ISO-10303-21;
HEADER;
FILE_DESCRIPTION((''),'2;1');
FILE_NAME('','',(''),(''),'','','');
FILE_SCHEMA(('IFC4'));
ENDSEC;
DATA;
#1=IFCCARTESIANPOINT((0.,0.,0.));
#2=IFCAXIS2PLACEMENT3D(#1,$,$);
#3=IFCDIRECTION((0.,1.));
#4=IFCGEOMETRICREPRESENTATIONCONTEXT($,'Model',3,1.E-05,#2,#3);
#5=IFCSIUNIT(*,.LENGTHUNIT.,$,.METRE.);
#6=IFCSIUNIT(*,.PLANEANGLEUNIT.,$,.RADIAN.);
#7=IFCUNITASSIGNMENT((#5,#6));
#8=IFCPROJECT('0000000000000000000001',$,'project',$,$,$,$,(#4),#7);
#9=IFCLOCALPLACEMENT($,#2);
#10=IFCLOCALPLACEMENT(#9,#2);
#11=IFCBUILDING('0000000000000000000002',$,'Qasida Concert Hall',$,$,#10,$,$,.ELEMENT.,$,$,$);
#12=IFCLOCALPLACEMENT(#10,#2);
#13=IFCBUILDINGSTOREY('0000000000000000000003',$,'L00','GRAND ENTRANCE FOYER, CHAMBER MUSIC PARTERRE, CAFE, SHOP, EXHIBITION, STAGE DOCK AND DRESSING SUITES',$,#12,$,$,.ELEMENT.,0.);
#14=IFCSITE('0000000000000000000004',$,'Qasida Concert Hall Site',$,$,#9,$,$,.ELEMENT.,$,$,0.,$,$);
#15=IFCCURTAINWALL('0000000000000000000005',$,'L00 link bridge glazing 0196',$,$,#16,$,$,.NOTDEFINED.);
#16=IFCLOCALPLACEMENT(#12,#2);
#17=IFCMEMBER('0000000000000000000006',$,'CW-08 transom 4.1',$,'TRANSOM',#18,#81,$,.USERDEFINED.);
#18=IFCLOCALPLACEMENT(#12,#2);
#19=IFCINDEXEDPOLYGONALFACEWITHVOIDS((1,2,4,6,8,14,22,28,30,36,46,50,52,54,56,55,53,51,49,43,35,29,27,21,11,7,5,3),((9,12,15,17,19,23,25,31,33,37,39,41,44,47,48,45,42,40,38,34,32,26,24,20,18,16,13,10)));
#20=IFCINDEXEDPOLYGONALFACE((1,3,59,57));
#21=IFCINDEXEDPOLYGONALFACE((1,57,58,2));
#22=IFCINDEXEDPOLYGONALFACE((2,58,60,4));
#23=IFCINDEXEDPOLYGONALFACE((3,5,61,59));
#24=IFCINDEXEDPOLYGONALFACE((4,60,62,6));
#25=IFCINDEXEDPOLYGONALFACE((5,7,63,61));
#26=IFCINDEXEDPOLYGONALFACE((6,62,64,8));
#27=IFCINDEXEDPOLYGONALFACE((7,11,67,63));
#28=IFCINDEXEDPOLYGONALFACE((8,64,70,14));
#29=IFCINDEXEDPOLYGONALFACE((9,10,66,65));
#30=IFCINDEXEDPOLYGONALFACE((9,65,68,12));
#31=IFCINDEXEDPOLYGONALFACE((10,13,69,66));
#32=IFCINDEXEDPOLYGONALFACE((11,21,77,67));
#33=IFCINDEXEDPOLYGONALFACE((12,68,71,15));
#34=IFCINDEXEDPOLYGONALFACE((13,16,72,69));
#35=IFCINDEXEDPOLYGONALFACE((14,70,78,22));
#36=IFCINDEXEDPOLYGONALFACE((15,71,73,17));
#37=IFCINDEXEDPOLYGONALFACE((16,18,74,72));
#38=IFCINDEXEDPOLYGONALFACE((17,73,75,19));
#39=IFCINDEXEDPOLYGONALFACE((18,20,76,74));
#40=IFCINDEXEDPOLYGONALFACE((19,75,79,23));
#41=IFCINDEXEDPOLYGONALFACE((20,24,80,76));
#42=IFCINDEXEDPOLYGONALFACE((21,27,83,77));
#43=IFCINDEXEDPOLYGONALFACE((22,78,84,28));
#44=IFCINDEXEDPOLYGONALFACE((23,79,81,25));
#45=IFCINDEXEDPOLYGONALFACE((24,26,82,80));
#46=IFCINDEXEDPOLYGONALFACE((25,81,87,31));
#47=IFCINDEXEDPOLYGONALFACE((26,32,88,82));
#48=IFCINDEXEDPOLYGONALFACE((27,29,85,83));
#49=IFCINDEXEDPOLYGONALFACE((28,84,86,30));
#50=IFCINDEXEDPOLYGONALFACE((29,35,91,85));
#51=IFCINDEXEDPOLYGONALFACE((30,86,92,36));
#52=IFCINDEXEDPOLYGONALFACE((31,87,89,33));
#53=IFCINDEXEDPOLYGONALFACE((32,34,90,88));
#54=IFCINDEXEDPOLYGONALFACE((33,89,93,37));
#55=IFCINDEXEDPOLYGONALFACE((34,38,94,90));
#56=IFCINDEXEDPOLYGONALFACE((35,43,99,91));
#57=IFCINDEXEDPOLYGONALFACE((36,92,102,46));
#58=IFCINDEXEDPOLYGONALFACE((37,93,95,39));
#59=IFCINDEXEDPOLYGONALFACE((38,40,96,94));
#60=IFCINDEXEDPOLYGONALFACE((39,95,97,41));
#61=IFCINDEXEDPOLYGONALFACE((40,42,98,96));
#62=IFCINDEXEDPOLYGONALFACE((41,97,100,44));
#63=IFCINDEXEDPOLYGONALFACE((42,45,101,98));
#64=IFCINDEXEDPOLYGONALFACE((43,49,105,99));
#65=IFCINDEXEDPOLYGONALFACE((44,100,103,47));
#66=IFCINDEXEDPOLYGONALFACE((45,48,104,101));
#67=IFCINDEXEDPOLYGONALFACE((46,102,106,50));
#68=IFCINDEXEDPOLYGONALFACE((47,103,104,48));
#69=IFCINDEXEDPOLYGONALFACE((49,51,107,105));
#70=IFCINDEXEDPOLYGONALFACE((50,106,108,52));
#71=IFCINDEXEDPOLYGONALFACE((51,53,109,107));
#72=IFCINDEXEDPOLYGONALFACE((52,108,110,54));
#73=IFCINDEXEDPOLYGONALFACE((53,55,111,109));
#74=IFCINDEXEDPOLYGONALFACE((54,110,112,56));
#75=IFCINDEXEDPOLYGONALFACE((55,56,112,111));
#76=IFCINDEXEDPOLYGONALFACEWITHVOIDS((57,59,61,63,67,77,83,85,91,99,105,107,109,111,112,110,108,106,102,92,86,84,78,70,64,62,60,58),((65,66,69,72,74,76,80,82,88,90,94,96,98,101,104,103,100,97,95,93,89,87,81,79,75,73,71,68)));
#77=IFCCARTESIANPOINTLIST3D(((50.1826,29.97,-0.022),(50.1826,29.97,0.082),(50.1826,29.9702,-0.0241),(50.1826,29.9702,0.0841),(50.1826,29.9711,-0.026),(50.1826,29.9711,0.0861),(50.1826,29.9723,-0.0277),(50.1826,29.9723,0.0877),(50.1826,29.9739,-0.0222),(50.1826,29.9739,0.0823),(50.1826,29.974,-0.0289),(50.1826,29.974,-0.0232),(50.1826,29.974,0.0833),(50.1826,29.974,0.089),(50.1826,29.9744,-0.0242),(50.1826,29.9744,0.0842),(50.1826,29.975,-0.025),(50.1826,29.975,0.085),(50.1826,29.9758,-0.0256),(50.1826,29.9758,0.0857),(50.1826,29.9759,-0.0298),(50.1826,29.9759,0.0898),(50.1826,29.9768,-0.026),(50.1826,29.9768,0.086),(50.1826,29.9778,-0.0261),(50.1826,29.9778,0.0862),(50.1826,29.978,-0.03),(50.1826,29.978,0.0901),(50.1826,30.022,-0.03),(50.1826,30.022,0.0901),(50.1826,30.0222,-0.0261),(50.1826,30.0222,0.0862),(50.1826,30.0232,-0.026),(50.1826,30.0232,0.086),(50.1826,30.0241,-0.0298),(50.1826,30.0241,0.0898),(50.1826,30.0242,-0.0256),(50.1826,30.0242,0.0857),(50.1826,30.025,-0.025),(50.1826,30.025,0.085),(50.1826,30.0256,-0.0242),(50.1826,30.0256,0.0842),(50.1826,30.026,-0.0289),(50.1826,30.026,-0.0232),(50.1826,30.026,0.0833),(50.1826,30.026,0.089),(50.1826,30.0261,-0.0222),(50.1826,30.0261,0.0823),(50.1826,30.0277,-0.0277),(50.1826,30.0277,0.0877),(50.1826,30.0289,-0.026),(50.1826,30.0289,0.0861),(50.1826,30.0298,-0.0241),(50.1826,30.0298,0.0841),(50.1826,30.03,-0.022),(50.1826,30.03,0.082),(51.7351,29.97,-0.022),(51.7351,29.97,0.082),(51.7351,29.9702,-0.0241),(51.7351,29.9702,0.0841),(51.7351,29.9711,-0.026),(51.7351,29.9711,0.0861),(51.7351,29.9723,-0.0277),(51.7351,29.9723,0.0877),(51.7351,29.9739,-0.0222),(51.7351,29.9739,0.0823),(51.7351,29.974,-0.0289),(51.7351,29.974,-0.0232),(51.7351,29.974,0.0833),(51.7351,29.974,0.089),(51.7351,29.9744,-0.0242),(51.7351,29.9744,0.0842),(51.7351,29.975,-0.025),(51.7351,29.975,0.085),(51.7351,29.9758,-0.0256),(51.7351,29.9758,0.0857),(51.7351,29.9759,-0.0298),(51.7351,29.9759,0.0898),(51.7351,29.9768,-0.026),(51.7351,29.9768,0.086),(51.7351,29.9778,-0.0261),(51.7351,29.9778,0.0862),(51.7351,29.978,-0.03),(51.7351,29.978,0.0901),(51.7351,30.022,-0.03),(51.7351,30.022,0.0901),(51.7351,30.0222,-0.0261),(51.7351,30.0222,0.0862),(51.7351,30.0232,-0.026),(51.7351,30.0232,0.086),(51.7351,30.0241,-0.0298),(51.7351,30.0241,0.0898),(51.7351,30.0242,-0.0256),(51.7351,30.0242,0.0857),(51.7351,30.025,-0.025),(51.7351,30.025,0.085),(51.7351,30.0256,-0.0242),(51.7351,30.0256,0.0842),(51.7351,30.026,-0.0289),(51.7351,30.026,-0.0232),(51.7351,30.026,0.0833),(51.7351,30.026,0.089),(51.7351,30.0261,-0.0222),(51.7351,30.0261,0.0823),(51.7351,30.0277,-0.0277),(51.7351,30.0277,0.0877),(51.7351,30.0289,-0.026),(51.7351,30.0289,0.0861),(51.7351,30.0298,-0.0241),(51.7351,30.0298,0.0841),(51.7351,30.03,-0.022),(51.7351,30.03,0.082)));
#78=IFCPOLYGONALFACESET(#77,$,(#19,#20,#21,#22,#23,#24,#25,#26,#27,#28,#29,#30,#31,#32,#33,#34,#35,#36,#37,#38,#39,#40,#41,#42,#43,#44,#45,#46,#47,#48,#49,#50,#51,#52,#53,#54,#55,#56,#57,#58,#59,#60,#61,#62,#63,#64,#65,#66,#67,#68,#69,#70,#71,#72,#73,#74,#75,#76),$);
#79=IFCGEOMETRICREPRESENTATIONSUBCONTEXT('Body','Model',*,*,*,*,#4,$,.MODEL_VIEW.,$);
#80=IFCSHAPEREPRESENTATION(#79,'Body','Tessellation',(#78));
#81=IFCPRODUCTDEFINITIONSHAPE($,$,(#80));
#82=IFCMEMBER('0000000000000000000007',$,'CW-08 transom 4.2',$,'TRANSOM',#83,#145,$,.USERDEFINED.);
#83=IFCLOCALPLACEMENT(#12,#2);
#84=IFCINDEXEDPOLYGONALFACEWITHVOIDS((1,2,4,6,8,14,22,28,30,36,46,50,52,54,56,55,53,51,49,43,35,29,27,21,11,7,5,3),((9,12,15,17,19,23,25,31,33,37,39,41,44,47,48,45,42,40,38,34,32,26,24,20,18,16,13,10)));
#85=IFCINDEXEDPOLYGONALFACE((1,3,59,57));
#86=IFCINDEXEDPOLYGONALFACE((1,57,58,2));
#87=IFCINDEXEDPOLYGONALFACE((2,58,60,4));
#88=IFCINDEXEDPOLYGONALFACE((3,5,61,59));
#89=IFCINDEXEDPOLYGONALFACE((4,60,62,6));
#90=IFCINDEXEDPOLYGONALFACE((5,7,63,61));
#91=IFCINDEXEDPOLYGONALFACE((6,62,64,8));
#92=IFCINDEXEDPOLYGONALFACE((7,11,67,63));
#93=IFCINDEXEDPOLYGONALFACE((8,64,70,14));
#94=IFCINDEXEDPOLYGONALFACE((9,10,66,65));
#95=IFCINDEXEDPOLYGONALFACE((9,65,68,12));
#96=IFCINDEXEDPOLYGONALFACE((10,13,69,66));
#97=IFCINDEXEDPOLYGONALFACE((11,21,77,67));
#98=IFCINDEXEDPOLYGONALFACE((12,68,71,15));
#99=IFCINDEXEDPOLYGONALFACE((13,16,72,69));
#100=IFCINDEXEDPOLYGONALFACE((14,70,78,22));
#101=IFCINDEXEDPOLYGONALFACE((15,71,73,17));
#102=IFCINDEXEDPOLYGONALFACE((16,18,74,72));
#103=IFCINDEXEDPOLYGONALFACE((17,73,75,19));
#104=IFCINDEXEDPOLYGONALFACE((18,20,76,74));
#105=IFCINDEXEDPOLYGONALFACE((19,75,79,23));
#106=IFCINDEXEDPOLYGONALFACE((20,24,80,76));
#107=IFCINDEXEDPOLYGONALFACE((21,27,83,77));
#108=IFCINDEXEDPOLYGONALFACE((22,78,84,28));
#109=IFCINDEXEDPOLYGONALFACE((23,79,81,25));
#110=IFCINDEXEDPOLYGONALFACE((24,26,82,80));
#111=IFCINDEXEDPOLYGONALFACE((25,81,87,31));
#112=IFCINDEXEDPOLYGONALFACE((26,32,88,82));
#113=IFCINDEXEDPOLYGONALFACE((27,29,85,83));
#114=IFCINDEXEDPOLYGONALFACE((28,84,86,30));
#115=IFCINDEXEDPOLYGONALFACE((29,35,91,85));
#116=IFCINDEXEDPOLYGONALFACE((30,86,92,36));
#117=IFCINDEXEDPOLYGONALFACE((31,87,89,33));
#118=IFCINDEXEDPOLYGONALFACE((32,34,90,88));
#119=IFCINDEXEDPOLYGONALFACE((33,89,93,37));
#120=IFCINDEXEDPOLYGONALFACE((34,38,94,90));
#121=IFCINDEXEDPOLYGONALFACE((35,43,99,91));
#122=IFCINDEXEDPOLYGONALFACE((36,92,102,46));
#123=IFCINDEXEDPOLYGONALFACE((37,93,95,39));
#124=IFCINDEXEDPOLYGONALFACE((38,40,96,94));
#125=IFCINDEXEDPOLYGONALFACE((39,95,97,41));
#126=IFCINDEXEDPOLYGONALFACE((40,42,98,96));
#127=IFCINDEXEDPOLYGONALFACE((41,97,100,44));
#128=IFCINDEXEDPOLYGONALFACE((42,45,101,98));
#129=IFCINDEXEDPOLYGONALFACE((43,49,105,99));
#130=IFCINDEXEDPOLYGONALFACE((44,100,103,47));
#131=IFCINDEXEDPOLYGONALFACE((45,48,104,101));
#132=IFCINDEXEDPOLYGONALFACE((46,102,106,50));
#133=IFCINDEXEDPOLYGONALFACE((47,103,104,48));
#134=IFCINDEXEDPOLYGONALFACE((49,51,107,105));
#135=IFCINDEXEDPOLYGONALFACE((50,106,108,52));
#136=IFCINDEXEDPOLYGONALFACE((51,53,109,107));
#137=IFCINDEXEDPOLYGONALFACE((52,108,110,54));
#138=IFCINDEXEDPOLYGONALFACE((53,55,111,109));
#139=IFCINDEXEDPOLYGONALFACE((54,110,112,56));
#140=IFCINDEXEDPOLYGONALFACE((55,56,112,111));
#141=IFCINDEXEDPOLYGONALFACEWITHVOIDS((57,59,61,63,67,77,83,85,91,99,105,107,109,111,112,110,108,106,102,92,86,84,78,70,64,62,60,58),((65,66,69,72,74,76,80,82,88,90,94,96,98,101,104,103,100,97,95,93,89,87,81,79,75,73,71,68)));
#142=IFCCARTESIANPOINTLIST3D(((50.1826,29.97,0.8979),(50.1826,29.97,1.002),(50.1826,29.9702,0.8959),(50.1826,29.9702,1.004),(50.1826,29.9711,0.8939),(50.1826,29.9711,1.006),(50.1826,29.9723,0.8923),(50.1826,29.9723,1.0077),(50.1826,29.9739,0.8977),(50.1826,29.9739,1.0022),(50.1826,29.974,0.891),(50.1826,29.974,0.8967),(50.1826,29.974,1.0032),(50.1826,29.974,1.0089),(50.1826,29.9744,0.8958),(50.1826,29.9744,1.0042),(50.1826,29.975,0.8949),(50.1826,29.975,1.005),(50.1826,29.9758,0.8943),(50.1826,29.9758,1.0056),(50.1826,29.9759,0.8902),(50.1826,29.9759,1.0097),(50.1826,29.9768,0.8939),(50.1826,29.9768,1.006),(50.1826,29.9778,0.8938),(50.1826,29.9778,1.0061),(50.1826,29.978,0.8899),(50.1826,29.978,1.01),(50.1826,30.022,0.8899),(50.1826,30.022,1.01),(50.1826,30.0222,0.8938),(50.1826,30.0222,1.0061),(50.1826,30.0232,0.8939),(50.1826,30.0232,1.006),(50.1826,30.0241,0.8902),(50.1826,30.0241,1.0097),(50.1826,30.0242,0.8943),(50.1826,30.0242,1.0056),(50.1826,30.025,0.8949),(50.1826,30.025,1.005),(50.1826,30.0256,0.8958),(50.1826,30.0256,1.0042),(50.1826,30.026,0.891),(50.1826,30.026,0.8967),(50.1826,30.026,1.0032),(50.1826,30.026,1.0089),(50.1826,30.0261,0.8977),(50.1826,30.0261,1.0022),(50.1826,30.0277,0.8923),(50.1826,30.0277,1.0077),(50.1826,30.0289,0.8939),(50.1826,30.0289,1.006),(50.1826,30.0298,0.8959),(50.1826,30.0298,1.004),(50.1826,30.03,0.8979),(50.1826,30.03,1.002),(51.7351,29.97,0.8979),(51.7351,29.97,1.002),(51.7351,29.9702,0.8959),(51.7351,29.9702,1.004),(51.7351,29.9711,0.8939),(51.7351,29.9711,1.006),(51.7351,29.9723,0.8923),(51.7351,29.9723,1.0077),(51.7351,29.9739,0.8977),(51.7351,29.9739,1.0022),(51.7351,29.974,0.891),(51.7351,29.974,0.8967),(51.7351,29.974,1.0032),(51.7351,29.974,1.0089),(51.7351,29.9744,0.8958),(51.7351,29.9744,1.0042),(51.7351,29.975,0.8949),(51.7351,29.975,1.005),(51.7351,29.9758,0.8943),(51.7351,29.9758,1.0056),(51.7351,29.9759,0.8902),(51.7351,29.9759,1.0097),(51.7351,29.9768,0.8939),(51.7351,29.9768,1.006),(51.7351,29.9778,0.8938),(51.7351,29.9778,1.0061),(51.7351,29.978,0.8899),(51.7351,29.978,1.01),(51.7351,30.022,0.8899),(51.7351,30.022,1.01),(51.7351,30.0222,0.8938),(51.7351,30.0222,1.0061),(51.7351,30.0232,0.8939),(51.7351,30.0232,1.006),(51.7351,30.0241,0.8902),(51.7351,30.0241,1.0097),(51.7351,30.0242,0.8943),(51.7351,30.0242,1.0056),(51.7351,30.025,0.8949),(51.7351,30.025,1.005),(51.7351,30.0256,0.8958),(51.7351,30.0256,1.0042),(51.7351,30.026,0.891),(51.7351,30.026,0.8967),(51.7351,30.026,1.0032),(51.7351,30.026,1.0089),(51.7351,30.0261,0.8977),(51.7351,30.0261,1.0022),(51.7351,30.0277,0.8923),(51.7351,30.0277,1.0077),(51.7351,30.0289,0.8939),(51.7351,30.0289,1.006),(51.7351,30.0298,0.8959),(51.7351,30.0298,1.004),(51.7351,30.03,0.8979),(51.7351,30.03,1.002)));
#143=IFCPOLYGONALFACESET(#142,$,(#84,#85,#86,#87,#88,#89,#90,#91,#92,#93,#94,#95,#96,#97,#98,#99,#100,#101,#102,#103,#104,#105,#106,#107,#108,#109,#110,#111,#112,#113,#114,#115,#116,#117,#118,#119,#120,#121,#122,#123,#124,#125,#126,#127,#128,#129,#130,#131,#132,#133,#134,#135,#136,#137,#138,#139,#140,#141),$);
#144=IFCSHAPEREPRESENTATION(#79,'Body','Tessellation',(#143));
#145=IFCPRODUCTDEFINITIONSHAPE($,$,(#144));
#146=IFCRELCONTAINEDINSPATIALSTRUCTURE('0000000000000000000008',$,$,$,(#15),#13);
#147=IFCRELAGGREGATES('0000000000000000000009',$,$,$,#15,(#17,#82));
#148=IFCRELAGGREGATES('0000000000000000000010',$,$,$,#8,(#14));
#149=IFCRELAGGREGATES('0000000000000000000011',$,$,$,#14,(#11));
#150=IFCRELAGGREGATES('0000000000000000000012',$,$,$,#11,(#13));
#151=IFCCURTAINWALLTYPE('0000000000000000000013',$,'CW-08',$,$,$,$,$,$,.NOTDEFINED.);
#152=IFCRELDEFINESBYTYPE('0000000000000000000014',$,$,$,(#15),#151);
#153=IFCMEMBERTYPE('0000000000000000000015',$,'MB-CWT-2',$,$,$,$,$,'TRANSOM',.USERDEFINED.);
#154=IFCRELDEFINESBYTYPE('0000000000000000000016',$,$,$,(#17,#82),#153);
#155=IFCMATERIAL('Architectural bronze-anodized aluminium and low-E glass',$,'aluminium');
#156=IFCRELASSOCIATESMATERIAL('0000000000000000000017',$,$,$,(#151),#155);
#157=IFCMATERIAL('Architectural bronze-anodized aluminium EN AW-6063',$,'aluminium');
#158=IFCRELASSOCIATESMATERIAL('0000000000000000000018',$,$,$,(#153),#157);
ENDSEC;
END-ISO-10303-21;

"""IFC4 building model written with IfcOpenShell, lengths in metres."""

from ifc_helpers import new_model, si_unit, direction, frame, origin, origin_2d, place, context, subcontext, project, spatial, hollow_rectangle, extrude, material, material_profile, profile_set, type_object, element, aggregate, save


model = new_model("IFC4")

# Units and contexts
model_context = context("Model", 3, precision=1e-05, world=origin(), true_north=direction((0.0, 1.0)))
body_context = subcontext(model_context, "Body", "Model", "MODEL_VIEW")
ifc_project = project(units=[si_unit("LENGTHUNIT", "METRE"), si_unit("PLANEANGLEUNIT", "RADIAN")], contexts=[model_context])

# Site, building, storey
site_placement = place(None, origin())
site = spatial("IfcSite", under=ifc_project, at=site_placement, Name="Qasida Concert Hall Site", CompositionType="ELEMENT", RefElevation=0.0)
building_placement = place(site_placement, origin())
building = spatial("IfcBuilding", under=site, at=building_placement, Name="Qasida Concert Hall", CompositionType="ELEMENT")
storey_placement = place(building_placement, origin())
storey = spatial("IfcBuildingStorey", under=building, at=storey_placement, Name="L00", Description="GRAND ENTRANCE FOYER, CHAMBER MUSIC PARTERRE, CAFE, SHOP, EXHIBITION, STAGE DOCK AND DRESSING SUITES", CompositionType="ELEMENT", Elevation=0.0)

# Curtain wall, members
ifc_material_1 = material(Name="Architectural bronze-anodized aluminium and low-E glass", Category="aluminium")
curtain_wall_type = type_object("IfcCurtainWallType", Name="CW-08", PredefinedType="NOTDEFINED", material=ifc_material_1)
curtain_wall_placement = place(storey_placement, origin())
curtain_wall = element("IfcCurtainWall", 1, at=curtain_wall_placement, inside=storey, type_object=curtain_wall_type, Name="L00 link bridge glazing 0196", PredefinedType="NOTDEFINED")
ifc_material_2 = material(Name="Architectural bronze-anodized aluminium EN AW-6063", Category="aluminium")
ifc_material_profile_1 = material_profile(ifc_material_2, hollow_rectangle(XDim=0.0601, YDim=0.1201, WallThickness=0.0039, InnerFilletRadius=0.0039, OuterFilletRadius=0.0081, at=origin_2d()), Name="CWT 120x60x4")
ifc_profile_set_1 = profile_set([ifc_material_profile_1], Name="Architectural bronze-anodized aluminium EN AW-6063")
member_type_1 = type_object("IfcMemberType", Name="MB-CWT-2", ElementType="TRANSOM", PredefinedType="USERDEFINED", material=ifc_profile_set_1)
member_1_placement = place(storey_placement, frame((50.1826, 30.0, 0.03), z_axis=(1.0, 0.0, 0.0), x_axis=(0.0, 1.0, 0.0)))
member_1 = element("IfcMember", 2, at=member_1_placement, type_object=member_type_1, Name="CW-08 transom 4.1", ObjectType="TRANSOM", PredefinedType="USERDEFINED", context=body_context, shape_type="SweptSolid", body=[
    extrude(hollow_rectangle(XDim=0.0601, YDim=0.1201, WallThickness=0.0039, InnerFilletRadius=0.0039, OuterFilletRadius=0.0081, at=origin_2d()), origin(), (0.0, 0.0, 1.0), 1.5525),
])
member_2_placement = place(storey_placement, frame((50.1826, 30.0, 0.95), z_axis=(1.0, 0.0, 0.0), x_axis=(0.0, 1.0, 0.0)))
member_2 = element("IfcMember", 3, at=member_2_placement, type_object=member_type_1, Name="CW-08 transom 4.2", ObjectType="TRANSOM", PredefinedType="USERDEFINED", context=body_context, shape_type="SweptSolid", body=[
    extrude(hollow_rectangle(XDim=0.0601, YDim=0.1201, WallThickness=0.0039, InnerFilletRadius=0.0039, OuterFilletRadius=0.0081, at=origin_2d()), origin(), (0.0, 0.0, 1.0), 1.5525),
])
aggregate(curtain_wall, [member_1, member_2])

save(model, "model.ifc")
